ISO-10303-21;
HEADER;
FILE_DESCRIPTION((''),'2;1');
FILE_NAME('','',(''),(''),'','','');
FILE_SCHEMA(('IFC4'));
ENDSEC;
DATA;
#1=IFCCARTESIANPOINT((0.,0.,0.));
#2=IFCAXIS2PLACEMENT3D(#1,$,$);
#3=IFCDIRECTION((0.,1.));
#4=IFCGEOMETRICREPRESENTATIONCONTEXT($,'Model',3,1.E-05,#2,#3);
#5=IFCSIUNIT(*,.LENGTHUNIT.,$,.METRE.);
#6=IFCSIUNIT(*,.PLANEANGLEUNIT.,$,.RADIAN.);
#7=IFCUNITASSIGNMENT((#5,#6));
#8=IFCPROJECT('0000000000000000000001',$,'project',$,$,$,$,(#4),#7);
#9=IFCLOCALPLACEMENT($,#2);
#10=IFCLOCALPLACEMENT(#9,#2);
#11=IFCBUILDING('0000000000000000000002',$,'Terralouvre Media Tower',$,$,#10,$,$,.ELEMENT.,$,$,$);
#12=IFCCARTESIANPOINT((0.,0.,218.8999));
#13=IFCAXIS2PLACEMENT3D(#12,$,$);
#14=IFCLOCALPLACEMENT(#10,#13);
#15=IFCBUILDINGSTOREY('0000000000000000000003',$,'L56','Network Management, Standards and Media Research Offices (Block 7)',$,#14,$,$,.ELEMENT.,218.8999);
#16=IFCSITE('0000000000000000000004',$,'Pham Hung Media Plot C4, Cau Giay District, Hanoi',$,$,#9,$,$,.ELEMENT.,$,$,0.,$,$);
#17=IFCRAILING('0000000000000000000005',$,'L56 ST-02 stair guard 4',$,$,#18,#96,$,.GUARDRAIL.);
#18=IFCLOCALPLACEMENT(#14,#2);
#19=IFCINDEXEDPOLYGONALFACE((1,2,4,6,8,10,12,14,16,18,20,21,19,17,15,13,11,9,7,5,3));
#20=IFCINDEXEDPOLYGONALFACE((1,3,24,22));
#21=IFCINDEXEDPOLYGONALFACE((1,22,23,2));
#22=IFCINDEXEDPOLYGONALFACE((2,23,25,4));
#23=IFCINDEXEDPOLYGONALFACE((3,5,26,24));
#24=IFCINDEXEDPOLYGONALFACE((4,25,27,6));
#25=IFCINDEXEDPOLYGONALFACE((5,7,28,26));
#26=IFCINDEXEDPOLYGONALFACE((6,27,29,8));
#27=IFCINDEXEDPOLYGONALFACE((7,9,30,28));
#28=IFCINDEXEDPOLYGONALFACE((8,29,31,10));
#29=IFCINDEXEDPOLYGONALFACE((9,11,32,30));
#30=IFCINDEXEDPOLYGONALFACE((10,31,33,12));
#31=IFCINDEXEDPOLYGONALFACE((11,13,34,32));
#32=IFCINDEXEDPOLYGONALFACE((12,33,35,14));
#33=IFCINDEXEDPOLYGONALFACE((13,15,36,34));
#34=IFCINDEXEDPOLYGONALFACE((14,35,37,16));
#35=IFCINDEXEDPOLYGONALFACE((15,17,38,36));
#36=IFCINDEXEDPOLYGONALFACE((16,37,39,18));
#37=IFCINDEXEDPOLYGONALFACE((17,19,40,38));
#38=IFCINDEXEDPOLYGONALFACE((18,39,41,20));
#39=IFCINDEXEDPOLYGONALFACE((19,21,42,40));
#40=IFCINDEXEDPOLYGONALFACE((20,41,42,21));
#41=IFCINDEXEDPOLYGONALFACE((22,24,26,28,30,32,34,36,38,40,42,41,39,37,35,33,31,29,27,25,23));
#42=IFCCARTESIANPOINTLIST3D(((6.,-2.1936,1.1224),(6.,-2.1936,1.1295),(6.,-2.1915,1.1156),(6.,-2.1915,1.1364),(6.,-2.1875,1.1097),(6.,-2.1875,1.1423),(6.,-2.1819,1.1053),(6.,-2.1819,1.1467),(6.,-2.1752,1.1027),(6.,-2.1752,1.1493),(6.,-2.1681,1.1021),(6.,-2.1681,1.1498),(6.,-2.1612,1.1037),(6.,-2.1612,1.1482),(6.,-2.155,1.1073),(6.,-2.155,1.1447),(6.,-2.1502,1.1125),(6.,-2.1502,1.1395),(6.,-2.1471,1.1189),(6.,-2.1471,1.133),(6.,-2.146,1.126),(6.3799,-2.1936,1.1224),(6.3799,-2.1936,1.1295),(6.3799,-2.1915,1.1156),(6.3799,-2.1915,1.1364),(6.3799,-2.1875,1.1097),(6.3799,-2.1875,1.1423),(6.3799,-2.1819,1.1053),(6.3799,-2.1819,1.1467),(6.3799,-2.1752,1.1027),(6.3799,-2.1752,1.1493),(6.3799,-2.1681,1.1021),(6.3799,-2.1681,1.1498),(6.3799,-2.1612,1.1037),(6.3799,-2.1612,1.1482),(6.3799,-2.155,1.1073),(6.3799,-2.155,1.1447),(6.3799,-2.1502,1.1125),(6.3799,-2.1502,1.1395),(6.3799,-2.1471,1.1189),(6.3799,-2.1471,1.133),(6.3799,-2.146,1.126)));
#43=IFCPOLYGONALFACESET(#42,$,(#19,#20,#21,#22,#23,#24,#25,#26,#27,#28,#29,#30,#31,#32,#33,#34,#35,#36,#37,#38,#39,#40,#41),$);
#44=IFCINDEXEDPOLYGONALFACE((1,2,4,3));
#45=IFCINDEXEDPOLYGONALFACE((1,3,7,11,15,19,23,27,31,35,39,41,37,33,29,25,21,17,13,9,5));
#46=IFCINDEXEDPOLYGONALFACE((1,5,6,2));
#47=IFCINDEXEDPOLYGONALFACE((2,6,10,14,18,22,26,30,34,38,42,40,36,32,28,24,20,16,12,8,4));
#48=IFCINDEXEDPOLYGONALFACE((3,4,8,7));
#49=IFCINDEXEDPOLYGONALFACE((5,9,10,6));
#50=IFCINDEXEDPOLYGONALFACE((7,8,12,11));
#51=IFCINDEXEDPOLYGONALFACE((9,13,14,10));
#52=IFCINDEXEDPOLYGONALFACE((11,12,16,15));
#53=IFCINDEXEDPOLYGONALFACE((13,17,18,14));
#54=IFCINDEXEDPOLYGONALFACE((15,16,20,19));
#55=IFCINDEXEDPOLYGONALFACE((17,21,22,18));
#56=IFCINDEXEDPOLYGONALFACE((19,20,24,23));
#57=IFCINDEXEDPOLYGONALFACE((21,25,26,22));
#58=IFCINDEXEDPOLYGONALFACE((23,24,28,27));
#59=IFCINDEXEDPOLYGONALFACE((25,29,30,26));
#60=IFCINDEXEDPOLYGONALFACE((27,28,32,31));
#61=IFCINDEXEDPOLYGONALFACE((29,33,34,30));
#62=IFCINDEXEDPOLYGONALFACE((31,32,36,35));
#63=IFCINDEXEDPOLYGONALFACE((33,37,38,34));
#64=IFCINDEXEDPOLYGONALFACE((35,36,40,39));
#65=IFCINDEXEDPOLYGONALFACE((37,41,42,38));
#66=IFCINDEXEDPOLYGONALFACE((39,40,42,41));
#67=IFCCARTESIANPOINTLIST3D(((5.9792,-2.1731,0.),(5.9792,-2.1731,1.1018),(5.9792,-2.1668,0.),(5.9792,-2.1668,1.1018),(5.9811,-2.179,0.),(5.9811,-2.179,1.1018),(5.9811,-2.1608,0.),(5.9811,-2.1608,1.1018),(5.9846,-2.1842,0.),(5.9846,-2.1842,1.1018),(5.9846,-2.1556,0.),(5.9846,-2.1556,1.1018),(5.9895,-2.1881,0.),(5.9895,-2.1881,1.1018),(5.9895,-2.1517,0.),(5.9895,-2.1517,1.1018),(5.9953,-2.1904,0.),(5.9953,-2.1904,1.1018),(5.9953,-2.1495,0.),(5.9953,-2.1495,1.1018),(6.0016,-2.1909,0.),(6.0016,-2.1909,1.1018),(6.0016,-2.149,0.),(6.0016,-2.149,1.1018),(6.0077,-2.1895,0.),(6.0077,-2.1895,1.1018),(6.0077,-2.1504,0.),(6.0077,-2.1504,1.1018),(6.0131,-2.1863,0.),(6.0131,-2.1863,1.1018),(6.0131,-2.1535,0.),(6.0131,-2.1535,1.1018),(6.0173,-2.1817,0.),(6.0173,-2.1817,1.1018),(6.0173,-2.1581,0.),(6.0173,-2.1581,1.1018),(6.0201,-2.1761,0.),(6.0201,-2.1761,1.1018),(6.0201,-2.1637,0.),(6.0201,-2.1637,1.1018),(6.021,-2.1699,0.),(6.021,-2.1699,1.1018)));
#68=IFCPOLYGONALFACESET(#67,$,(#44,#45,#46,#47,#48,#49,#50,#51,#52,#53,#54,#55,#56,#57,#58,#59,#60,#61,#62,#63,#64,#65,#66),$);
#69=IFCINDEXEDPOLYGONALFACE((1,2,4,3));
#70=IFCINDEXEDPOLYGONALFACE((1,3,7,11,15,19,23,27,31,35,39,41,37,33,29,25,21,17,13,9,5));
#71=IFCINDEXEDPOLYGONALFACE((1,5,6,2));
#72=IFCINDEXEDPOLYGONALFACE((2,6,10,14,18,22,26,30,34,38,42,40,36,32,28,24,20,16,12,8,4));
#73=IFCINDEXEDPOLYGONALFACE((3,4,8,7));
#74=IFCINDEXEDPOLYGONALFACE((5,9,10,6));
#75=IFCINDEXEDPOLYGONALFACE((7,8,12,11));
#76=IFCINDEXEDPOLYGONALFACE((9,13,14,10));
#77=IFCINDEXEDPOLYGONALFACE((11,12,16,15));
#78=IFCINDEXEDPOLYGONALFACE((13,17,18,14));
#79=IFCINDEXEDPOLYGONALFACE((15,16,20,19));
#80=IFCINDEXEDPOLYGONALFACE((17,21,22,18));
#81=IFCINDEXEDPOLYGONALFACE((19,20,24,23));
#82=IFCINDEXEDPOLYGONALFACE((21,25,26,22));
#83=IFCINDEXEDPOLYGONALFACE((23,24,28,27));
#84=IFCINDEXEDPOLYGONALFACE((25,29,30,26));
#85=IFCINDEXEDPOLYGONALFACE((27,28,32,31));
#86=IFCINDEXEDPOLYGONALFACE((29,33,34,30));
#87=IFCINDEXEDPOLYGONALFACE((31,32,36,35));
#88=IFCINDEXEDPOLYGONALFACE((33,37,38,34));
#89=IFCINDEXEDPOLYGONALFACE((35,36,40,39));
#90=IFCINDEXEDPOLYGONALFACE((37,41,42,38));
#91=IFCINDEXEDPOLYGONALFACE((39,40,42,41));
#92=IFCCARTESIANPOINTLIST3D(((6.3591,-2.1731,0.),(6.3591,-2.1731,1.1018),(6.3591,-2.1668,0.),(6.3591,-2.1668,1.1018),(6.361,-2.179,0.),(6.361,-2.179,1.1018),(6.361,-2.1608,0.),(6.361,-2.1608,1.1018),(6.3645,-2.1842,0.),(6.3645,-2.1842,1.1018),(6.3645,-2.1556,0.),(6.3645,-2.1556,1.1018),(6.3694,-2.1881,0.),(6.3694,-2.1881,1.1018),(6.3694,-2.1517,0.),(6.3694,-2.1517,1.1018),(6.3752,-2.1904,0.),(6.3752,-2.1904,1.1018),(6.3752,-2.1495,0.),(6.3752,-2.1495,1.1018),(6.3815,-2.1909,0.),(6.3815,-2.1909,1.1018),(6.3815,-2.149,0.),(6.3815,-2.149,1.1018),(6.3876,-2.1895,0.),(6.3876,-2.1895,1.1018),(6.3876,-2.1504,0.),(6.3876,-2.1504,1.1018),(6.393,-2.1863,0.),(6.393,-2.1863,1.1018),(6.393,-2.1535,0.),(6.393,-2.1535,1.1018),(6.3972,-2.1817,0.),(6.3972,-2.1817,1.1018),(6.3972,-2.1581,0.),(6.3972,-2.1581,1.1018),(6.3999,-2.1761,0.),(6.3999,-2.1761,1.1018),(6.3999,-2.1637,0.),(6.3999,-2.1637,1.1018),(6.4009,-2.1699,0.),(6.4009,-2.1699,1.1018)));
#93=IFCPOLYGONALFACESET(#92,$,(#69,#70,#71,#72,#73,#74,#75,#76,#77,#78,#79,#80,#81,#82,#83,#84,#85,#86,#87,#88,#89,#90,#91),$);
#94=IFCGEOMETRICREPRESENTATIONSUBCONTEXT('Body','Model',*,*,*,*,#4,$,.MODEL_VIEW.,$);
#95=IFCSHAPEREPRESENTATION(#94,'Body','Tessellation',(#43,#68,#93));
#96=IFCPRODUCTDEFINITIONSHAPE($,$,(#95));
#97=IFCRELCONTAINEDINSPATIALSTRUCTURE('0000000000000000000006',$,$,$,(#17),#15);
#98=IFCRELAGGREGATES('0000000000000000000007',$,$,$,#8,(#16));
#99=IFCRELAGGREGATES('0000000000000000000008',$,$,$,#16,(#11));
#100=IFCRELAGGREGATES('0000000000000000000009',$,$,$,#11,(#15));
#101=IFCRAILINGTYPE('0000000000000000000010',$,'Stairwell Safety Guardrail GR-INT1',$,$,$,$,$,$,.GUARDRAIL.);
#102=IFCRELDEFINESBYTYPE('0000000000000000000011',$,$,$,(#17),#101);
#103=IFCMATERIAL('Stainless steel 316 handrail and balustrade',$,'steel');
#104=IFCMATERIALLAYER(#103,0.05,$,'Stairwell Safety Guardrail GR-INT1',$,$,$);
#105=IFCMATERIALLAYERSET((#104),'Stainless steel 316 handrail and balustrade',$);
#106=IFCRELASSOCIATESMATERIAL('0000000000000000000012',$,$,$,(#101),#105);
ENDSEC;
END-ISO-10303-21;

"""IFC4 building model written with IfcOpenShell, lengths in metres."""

from ifc_helpers import new_model, si_unit, direction, frame, origin, origin_2d, place, context, subcontext, project, spatial, circle, extrude, material, layer, layer_set, type_object, element, save


model = new_model("IFC4")

# Units and contexts
model_context = context("Model", 3, precision=1e-05, world=origin(), true_north=direction((0.0, 1.0)))
body_context = subcontext(model_context, "Body", "Model", "MODEL_VIEW")
ifc_project = project(units=[si_unit("LENGTHUNIT", "METRE"), si_unit("PLANEANGLEUNIT", "RADIAN")], contexts=[model_context])

# Site, building, storey
site_placement = place(None, origin())
site = spatial("IfcSite", under=ifc_project, at=site_placement, Name="Pham Hung Media Plot C4, Cau Giay District, Hanoi", CompositionType="ELEMENT", RefElevation=0.0)
building_placement = place(site_placement, origin())
building = spatial("IfcBuilding", under=site, at=building_placement, Name="Terralouvre Media Tower", CompositionType="ELEMENT")
storey_placement = place(building_placement, frame((0.0, 0.0, 218.8999)))
storey = spatial("IfcBuildingStorey", under=building, at=storey_placement, Name="L56", Description="Network Management, Standards and Media Research Offices (Block 7)", CompositionType="ELEMENT", Elevation=218.8999)

# Railing
ifc_material_1 = material(Name="Stainless steel 316 handrail and balustrade", Category="steel")
ifc_layer_1 = layer(ifc_material_1, 0.05, Name="Stairwell Safety Guardrail GR-INT1")
ifc_layer_set_1 = layer_set([ifc_layer_1], Name="Stainless steel 316 handrail and balustrade")
railing_type_1 = type_object("IfcRailingType", Name="Stairwell Safety Guardrail GR-INT1", PredefinedType="GUARDRAIL", material=ifc_layer_set_1)
railing_1_placement = place(storey_placement, frame((6.0, -2.1699, 0.0)))
element("IfcRailing", 1, at=railing_1_placement, inside=storey, type_object=railing_type_1, Name="L56 ST-02 stair guard 4", PredefinedType="GUARDRAIL", context=body_context, shape_type="SweptSolid", body=[
    extrude(circle(Radius=0.0239, at=origin_2d()), frame((0.0, 0.0, 1.126), z_axis=(1.0, 0.0, 0.0), x_axis=(0.0, 1.0, 0.0)), (0.0, 0.0, 1.0), 0.3799),
    extrude(circle(Radius=0.021, at=origin_2d()), origin(), (0.0, 0.0, 1.0), 1.1018),
    extrude(circle(Radius=0.021, at=origin_2d()), frame((0.3799, 0.0, 0.0)), (0.0, 0.0, 1.0), 1.1018),
])

save(model, "model.ifc")
